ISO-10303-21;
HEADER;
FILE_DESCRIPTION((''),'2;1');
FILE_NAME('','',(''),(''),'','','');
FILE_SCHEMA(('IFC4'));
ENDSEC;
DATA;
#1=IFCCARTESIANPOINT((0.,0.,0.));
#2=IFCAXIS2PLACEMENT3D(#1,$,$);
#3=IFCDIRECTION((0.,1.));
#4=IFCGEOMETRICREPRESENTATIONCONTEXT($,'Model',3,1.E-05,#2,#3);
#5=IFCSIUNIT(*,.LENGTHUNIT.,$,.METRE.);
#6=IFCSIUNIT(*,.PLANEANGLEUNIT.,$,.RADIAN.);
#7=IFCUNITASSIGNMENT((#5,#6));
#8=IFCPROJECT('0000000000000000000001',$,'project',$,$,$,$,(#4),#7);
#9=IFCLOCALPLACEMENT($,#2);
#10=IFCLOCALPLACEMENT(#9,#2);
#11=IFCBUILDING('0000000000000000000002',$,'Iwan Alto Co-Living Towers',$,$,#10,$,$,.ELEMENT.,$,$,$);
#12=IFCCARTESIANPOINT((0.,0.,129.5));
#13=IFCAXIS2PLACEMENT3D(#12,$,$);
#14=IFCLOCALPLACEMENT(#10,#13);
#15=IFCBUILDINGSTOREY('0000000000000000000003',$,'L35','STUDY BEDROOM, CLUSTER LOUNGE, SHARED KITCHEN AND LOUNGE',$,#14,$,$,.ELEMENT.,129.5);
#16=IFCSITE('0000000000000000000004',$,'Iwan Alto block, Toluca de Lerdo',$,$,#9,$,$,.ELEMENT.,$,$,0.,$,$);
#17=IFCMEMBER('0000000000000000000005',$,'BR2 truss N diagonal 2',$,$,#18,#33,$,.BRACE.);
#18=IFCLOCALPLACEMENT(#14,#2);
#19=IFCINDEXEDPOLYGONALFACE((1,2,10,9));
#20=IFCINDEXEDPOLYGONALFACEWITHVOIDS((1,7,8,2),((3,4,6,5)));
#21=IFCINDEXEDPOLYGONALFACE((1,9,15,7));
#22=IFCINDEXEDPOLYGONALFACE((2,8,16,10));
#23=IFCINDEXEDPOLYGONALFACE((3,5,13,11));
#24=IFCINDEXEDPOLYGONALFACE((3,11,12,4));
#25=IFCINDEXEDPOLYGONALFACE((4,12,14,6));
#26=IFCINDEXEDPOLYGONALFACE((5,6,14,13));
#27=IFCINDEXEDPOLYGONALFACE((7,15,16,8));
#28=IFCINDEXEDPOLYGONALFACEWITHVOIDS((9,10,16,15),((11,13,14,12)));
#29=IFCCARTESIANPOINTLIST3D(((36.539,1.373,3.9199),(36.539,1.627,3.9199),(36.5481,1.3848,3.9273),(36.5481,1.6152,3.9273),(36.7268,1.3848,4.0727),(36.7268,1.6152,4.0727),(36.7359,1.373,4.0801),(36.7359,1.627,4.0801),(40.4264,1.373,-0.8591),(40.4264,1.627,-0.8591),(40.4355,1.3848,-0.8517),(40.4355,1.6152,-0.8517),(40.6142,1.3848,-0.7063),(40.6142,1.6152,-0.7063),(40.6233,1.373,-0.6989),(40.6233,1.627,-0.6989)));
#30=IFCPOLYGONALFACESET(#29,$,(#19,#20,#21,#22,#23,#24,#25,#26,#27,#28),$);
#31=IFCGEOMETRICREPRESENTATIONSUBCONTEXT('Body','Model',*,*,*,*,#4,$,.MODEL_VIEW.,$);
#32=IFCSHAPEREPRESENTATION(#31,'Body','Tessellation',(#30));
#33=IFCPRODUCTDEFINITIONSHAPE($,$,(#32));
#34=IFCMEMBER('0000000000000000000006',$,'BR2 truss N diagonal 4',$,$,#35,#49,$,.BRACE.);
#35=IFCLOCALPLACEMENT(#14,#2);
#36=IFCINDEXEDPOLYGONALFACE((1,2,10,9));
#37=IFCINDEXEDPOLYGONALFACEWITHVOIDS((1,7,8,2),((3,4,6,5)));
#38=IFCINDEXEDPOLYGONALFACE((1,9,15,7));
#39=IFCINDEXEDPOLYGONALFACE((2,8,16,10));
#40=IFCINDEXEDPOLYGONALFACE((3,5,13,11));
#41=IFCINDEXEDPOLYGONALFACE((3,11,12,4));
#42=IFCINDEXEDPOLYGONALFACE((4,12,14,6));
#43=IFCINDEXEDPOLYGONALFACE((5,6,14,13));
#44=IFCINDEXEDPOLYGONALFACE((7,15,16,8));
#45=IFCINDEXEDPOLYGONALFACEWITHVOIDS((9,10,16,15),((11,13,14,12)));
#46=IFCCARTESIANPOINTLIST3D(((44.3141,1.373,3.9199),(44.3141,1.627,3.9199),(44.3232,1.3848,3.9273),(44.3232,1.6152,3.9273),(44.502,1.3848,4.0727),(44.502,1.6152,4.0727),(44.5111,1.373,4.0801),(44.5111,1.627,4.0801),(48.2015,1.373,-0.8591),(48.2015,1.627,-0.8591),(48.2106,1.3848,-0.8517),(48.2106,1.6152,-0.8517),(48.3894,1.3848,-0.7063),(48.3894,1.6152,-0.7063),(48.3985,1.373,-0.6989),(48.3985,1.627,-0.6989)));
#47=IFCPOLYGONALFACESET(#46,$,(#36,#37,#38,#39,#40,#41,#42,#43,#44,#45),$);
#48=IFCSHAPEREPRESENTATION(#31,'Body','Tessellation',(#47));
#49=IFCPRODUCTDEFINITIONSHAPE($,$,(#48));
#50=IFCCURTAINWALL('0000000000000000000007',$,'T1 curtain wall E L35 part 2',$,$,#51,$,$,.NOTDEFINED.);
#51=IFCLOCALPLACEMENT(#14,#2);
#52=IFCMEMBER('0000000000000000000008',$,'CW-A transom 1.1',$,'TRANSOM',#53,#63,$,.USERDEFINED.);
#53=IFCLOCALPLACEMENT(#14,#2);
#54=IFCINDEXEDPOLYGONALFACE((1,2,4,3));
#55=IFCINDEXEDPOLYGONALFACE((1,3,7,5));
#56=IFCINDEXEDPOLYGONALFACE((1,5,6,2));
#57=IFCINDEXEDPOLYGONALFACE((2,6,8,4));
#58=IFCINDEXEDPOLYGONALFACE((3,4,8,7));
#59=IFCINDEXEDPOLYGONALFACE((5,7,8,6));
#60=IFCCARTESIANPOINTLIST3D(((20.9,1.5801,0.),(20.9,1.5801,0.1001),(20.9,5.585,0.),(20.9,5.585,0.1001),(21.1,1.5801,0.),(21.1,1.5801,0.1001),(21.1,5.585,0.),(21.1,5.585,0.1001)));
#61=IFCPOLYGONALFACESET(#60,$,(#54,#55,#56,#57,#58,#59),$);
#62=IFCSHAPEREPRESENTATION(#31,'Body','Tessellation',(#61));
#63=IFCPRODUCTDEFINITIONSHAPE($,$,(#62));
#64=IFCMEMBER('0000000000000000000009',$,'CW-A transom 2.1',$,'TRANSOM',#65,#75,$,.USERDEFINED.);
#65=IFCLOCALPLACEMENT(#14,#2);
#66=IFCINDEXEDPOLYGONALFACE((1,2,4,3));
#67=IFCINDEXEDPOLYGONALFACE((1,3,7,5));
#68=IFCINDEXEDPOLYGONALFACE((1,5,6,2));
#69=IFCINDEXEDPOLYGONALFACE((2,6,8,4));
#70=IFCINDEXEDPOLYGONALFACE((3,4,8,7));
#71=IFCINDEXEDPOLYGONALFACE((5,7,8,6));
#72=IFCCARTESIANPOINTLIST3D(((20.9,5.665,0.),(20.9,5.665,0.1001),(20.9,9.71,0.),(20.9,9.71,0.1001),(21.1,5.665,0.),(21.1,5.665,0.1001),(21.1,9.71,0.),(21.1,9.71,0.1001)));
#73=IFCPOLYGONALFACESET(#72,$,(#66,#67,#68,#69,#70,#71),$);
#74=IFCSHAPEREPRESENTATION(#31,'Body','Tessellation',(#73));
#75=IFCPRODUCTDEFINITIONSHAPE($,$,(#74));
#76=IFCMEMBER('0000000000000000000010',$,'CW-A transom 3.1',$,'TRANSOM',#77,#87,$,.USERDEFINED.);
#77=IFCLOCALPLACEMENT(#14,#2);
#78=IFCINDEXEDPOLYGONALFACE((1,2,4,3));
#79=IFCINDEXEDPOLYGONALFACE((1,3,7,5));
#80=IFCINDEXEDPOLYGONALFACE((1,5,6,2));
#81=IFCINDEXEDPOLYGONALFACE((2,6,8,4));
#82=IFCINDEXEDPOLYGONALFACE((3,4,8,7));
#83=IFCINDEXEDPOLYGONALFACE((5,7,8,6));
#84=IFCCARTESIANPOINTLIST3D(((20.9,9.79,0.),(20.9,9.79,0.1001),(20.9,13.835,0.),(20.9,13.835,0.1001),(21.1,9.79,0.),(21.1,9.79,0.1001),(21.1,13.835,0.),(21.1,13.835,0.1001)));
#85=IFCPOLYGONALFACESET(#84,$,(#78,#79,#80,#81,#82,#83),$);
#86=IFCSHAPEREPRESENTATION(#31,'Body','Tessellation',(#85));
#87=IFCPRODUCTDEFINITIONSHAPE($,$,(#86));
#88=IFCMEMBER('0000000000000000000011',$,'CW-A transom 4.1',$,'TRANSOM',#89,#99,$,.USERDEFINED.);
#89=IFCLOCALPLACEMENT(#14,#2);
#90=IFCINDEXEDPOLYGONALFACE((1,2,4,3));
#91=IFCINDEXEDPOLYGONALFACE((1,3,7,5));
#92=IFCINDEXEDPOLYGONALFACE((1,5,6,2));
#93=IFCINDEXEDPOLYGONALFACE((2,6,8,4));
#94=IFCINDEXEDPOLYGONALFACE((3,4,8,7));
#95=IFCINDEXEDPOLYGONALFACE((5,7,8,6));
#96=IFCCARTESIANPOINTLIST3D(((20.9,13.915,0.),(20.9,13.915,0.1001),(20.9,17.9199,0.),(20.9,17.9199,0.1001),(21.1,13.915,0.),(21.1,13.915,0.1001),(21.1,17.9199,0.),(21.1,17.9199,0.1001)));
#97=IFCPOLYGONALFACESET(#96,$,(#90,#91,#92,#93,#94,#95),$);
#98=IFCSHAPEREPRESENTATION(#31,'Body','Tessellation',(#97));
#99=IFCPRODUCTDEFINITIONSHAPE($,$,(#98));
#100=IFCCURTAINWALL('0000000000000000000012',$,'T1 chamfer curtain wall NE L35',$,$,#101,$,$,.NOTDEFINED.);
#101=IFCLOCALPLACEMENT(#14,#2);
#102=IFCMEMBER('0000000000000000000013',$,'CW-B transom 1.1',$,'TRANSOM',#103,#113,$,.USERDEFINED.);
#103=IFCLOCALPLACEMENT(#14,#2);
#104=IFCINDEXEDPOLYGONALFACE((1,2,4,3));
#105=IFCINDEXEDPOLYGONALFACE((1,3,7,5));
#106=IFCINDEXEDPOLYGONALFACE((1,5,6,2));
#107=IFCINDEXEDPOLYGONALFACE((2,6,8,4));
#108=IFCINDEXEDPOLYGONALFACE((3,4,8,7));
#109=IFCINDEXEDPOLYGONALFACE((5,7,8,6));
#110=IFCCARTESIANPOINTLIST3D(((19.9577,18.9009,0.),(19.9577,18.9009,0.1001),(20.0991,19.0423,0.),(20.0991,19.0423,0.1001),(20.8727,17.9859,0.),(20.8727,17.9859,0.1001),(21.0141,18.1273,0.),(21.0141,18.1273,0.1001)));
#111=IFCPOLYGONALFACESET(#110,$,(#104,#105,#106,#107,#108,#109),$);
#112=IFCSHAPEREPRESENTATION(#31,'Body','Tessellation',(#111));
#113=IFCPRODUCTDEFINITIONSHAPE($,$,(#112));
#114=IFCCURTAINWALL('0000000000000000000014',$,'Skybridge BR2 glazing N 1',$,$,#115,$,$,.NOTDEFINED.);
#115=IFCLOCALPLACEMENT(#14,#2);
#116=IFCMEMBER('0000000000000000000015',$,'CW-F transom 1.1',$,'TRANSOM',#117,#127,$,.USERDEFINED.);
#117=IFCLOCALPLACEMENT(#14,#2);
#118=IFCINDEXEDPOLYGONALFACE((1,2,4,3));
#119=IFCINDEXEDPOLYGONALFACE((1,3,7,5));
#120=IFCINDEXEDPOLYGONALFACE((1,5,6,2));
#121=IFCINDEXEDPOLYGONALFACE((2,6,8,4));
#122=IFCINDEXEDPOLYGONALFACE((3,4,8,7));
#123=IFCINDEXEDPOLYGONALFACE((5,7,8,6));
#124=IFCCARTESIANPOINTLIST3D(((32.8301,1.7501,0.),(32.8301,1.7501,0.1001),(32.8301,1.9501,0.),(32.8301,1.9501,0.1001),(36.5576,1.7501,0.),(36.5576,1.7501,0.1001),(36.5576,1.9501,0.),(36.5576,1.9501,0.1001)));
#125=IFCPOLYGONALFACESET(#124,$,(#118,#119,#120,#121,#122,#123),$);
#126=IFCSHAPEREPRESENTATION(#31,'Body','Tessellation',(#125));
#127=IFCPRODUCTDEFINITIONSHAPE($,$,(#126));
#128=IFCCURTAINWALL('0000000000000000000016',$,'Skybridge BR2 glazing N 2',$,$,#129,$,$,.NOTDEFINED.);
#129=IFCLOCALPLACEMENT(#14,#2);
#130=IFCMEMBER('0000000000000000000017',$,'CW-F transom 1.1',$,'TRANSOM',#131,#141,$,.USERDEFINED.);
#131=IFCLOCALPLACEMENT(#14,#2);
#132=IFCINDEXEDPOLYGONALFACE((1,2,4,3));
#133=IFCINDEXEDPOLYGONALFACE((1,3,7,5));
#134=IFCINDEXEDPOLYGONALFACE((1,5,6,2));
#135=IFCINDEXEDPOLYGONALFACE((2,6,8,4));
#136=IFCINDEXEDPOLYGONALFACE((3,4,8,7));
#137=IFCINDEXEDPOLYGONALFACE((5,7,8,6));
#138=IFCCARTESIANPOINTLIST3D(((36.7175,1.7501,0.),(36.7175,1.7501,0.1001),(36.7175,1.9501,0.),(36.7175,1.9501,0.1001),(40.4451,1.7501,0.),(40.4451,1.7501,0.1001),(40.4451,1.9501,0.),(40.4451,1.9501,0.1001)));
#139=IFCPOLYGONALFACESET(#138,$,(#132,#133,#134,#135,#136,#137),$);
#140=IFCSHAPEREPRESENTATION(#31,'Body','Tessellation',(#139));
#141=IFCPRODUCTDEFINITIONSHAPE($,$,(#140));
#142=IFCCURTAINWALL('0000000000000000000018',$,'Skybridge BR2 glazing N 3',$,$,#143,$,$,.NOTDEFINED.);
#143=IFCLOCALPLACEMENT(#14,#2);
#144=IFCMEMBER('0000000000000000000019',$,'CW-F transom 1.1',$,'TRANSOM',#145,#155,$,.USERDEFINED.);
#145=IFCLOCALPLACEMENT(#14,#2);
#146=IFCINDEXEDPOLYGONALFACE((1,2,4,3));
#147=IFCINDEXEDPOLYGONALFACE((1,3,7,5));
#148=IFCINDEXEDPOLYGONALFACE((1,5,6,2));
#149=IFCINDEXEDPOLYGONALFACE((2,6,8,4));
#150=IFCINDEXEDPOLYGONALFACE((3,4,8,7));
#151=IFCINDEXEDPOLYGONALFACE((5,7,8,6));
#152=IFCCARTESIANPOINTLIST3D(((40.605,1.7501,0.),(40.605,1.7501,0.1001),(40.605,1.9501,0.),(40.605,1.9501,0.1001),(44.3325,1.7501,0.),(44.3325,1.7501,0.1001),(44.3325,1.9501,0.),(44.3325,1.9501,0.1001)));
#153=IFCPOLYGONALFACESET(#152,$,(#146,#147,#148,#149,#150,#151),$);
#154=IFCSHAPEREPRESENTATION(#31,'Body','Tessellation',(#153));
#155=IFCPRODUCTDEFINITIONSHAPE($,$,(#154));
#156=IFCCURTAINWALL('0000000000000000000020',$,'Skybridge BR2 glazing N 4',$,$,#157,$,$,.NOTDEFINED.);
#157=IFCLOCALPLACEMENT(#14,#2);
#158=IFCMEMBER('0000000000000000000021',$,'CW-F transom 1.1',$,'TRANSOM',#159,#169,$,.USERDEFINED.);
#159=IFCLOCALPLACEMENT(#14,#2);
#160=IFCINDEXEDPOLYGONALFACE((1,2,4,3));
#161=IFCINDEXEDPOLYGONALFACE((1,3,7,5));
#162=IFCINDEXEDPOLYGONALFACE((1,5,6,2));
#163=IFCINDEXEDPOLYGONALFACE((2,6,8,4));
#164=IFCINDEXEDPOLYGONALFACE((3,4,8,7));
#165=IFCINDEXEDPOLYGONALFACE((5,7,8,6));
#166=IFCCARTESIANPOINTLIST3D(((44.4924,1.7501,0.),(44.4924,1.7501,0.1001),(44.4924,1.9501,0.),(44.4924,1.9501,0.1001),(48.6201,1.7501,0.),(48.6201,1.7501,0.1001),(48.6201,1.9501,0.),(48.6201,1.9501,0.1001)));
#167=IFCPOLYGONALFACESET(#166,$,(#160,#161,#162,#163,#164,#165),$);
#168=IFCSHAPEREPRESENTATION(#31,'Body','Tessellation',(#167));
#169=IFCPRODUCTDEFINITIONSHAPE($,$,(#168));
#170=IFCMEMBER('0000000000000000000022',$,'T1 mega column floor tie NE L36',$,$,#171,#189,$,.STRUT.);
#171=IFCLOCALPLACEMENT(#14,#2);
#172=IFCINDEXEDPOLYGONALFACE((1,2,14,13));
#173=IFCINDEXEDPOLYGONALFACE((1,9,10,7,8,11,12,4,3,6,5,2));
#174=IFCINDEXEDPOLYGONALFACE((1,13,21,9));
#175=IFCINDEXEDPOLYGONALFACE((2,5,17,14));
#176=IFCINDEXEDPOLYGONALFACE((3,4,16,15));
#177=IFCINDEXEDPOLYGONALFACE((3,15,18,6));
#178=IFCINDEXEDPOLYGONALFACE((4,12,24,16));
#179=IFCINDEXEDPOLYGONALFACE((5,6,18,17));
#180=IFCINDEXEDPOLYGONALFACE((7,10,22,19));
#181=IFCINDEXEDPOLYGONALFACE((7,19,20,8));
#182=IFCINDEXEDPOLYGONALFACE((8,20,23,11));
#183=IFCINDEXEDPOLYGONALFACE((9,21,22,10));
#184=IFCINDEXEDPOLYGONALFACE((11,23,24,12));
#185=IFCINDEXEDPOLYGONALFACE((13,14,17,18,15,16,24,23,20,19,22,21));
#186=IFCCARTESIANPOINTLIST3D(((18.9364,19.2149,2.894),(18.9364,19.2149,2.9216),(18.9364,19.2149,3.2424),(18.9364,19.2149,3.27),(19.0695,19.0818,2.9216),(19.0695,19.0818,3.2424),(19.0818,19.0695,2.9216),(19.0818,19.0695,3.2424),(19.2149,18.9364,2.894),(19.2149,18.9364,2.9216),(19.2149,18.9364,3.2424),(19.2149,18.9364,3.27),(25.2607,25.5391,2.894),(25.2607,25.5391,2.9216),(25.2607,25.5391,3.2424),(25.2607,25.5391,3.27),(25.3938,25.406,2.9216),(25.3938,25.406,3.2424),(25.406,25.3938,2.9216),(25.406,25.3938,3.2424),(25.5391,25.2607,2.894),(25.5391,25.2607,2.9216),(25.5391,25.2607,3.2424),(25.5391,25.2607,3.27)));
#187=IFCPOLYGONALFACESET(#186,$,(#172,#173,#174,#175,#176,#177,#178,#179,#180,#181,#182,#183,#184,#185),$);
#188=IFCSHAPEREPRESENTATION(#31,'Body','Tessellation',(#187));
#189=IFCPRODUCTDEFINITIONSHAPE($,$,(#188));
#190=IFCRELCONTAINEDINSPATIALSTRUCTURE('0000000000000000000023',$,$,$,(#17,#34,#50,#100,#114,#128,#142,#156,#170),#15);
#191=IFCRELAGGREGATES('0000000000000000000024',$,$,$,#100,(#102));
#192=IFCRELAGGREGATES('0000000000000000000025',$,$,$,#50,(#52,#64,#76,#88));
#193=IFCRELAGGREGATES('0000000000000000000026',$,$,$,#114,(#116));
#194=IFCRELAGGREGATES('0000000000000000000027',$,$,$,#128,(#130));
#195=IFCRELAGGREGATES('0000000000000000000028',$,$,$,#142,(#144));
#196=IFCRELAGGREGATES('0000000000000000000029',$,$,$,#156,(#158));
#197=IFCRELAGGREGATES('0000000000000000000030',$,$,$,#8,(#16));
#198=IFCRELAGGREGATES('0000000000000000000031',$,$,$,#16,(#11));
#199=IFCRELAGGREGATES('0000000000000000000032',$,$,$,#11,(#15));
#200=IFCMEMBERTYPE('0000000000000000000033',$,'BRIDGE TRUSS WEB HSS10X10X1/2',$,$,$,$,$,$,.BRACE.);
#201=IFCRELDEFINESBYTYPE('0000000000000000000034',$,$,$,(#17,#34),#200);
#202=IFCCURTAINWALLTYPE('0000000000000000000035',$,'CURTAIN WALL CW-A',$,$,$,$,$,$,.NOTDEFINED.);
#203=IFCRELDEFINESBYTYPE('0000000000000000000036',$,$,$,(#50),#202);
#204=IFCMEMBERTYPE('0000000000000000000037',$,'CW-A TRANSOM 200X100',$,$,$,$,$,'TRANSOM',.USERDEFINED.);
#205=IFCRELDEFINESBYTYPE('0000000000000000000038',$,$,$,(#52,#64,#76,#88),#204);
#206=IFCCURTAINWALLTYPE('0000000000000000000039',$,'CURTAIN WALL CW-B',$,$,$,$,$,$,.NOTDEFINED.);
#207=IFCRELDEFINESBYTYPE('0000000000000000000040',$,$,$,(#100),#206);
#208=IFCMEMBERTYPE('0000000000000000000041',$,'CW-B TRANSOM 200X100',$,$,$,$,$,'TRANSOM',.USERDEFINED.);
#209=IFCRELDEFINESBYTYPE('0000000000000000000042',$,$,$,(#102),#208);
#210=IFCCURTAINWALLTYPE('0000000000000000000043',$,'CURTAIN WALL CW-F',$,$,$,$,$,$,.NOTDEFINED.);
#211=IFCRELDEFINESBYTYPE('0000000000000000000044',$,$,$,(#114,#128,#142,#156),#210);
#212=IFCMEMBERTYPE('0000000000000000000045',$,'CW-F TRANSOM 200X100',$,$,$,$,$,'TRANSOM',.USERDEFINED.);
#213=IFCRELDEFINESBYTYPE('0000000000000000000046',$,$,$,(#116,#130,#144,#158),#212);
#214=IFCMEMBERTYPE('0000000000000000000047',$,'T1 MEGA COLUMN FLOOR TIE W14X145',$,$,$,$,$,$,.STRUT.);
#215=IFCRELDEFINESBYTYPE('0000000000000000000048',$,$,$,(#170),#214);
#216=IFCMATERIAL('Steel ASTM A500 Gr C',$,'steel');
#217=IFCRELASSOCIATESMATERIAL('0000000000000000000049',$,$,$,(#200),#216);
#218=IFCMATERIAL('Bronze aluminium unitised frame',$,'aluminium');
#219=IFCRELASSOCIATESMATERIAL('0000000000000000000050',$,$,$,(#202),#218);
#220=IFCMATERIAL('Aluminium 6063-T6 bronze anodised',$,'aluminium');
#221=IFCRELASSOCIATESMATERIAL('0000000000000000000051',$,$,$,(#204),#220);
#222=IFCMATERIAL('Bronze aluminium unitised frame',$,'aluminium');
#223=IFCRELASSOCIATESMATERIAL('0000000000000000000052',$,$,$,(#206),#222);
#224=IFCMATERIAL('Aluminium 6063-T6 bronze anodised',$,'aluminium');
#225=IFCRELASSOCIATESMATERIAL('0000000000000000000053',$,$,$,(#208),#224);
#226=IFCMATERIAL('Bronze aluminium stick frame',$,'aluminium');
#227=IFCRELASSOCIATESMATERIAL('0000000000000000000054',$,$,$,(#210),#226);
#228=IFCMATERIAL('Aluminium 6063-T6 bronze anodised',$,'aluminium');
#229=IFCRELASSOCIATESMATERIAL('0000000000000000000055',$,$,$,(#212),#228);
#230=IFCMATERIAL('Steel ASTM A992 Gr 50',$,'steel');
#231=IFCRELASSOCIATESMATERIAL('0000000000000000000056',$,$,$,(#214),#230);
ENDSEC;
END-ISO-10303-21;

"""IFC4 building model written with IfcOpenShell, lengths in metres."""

from ifc_helpers import new_model, si_unit, direction, frame, origin, origin_2d, place, context, subcontext, project, spatial, rectangle, hollow_rectangle, i_section, extrude, material, material_profile, profile_set, type_object, element, aggregate, save


model = new_model("IFC4")

# Units and contexts
model_context = context("Model", 3, precision=1e-05, world=origin(), true_north=direction((0.0, 1.0)))
body_context = subcontext(model_context, "Body", "Model", "MODEL_VIEW")
ifc_project = project(units=[si_unit("LENGTHUNIT", "METRE"), si_unit("PLANEANGLEUNIT", "RADIAN")], contexts=[model_context])

# Site, building, storey
site_placement = place(None, origin())
site = spatial("IfcSite", under=ifc_project, at=site_placement, Name="Iwan Alto block, Toluca de Lerdo", CompositionType="ELEMENT", RefElevation=0.0)
building_placement = place(site_placement, origin())
building = spatial("IfcBuilding", under=site, at=building_placement, Name="Iwan Alto Co-Living Towers", CompositionType="ELEMENT")
storey_placement = place(building_placement, frame((0.0, 0.0, 129.5)))
storey = spatial("IfcBuildingStorey", under=building, at=storey_placement, Name="L35", Description="STUDY BEDROOM, CLUSTER LOUNGE, SHARED KITCHEN AND LOUNGE", CompositionType="ELEMENT", Elevation=129.5)

# Members
ifc_material_1 = material(Name="Steel ASTM A500 Gr C", Category="steel")
ifc_material_profile_1 = material_profile(ifc_material_1, hollow_rectangle(XDim=0.2539, YDim=0.2539, WallThickness=0.0117, at=origin_2d()), Name="HSS10X10X1/2")
ifc_profile_set_1 = profile_set([ifc_material_profile_1], Name="Steel ASTM A500 Gr C")
member_type_1 = type_object("IfcMemberType", Name="BRIDGE TRUSS WEB HSS10X10X1/2", PredefinedType="BRACE", material=ifc_profile_set_1)
for number, where, z_axis, x_axis, name in (
    (1, (36.6375, 1.5, 4.0), (0.63103, 0.0, -0.775759), (0.0, 1.0, 0.0), "BR2 truss N diagonal 2"),
    (2, (44.4126, 1.5, 4.0), (0.63103, 0.0, -0.775759), (0.0, 1.0, 0.0), "BR2 truss N diagonal 4"),
):
    element("IfcMember", number, at=place(storey_placement, frame(where, z_axis=z_axis, x_axis=x_axis)), inside=storey, type_object=member_type_1, Name=name, PredefinedType="BRACE", context=body_context, shape_type="SweptSolid", body=[
        extrude(hollow_rectangle(XDim=0.2539, YDim=0.2539, WallThickness=0.0117, at=origin_2d()), origin(), (0.0, 0.0, 1.0), 6.1604),
    ])

# Curtain wall, members
ifc_material_2 = material(Name="Bronze aluminium unitised frame", Category="aluminium")
curtain_wall_type_1 = type_object("IfcCurtainWallType", Name="CURTAIN WALL CW-A", PredefinedType="NOTDEFINED", material=ifc_material_2)
curtain_wall_1_placement = place(storey_placement, origin())
curtain_wall_1 = element("IfcCurtainWall", 3, at=curtain_wall_1_placement, inside=storey, type_object=curtain_wall_type_1, Name="T1 curtain wall E L35 part 2", PredefinedType="NOTDEFINED")
ifc_material_3 = material(Name="Aluminium 6063-T6 bronze anodised", Category="aluminium")
ifc_material_profile_2 = material_profile(ifc_material_3, rectangle(XDim=0.2, YDim=0.1001, at=origin_2d()), Name="AL 200X100")
ifc_profile_set_2 = profile_set([ifc_material_profile_2], Name="Aluminium 6063-T6 bronze anodised")
member_type_2 = type_object("IfcMemberType", Name="CW-A TRANSOM 200X100", ElementType="TRANSOM", PredefinedType="USERDEFINED", material=ifc_profile_set_2)
member_1_placement = place(storey_placement, frame((21.0, 1.5801, 0.05), z_axis=(0.0, 1.0, 0.0), x_axis=(-1.0, 0.0, 0.0)))
member_1 = element("IfcMember", 4, at=member_1_placement, type_object=member_type_2, Name="CW-A transom 1.1", ObjectType="TRANSOM", PredefinedType="USERDEFINED", context=body_context, shape_type="SweptSolid", body=[
    extrude(rectangle(XDim=0.2, YDim=0.1001, at=origin_2d()), origin(), (0.0, 0.0, 1.0), 4.0049),
])
member_2_placement = place(storey_placement, frame((21.0, 5.665, 0.05), z_axis=(0.0, 1.0, 0.0), x_axis=(-1.0, 0.0, 0.0)))
member_2 = element("IfcMember", 5, at=member_2_placement, type_object=member_type_2, Name="CW-A transom 2.1", ObjectType="TRANSOM", PredefinedType="USERDEFINED", context=body_context, shape_type="SweptSolid", body=[
    extrude(rectangle(XDim=0.2, YDim=0.1001, at=origin_2d()), origin(), (0.0, 0.0, 1.0), 4.0449),
])
member_3_placement = place(storey_placement, frame((21.0, 9.79, 0.05), z_axis=(0.0, 1.0, 0.0), x_axis=(-1.0, 0.0, 0.0)))
member_3 = element("IfcMember", 6, at=member_3_placement, type_object=member_type_2, Name="CW-A transom 3.1", ObjectType="TRANSOM", PredefinedType="USERDEFINED", context=body_context, shape_type="SweptSolid", body=[
    extrude(rectangle(XDim=0.2, YDim=0.1001, at=origin_2d()), origin(), (0.0, 0.0, 1.0), 4.0449),
])
member_4_placement = place(storey_placement, frame((21.0, 13.915, 0.05), z_axis=(0.0, 1.0, 0.0), x_axis=(-1.0, 0.0, 0.0)))
member_4 = element("IfcMember", 7, at=member_4_placement, type_object=member_type_2, Name="CW-A transom 4.1", ObjectType="TRANSOM", PredefinedType="USERDEFINED", context=body_context, shape_type="SweptSolid", body=[
    extrude(rectangle(XDim=0.2, YDim=0.1001, at=origin_2d()), origin(), (0.0, 0.0, 1.0), 4.0049),
])

# Curtain walls, members
ifc_material_4 = material(Name="Bronze aluminium unitised frame", Category="aluminium")
curtain_wall_type_2 = type_object("IfcCurtainWallType", Name="CURTAIN WALL CW-B", PredefinedType="NOTDEFINED", material=ifc_material_4)
curtain_wall_2_placement = place(storey_placement, origin())
curtain_wall_2 = element("IfcCurtainWall", 8, at=curtain_wall_2_placement, inside=storey, type_object=curtain_wall_type_2, Name="T1 chamfer curtain wall NE L35", PredefinedType="NOTDEFINED")
ifc_material_5 = material(Name="Aluminium 6063-T6 bronze anodised", Category="aluminium")
ifc_material_profile_3 = material_profile(ifc_material_5, rectangle(XDim=0.2, YDim=0.1001, at=origin_2d()), Name="AL 200X100")
ifc_profile_set_3 = profile_set([ifc_material_profile_3], Name="Aluminium 6063-T6 bronze anodised")
member_type_3 = type_object("IfcMemberType", Name="CW-B TRANSOM 200X100", ElementType="TRANSOM", PredefinedType="USERDEFINED", material=ifc_profile_set_3)
member_5_placement = place(storey_placement, frame((20.9434, 18.0566, 0.05), z_axis=(-0.707107, 0.707107, 0.0), x_axis=(-0.707107, -0.707107, 0.0)))
member_5 = element("IfcMember", 9, at=member_5_placement, type_object=member_type_3, Name="CW-B transom 1.1", ObjectType="TRANSOM", PredefinedType="USERDEFINED", context=body_context, shape_type="SweptSolid", body=[
    extrude(rectangle(XDim=0.2, YDim=0.1001, at=origin_2d()), origin(), (0.0, 0.0, 1.0), 1.2939),
])
aggregate(curtain_wall_2, [member_5])
ifc_material_6 = material(Name="Bronze aluminium stick frame", Category="aluminium")
curtain_wall_type_3 = type_object("IfcCurtainWallType", Name="CURTAIN WALL CW-F", PredefinedType="NOTDEFINED", material=ifc_material_6)
curtain_wall_3_placement = place(storey_placement, origin())
curtain_wall_3 = element("IfcCurtainWall", 10, at=curtain_wall_3_placement, inside=storey, type_object=curtain_wall_type_3, Name="Skybridge BR2 glazing N 1", PredefinedType="NOTDEFINED")
ifc_material_7 = material(Name="Aluminium 6063-T6 bronze anodised", Category="aluminium")
ifc_material_profile_4 = material_profile(ifc_material_7, rectangle(XDim=0.2, YDim=0.1001, at=origin_2d()), Name="AL 200X100")
ifc_profile_set_4 = profile_set([ifc_material_profile_4], Name="Aluminium 6063-T6 bronze anodised")
member_type_4 = type_object("IfcMemberType", Name="CW-F TRANSOM 200X100", ElementType="TRANSOM", PredefinedType="USERDEFINED", material=ifc_profile_set_4)
member_6_placement = place(storey_placement, frame((36.5576, 1.8501, 0.05), z_axis=(-1.0, 0.0, 0.0), x_axis=(0.0, -1.0, 0.0)))
member_6 = element("IfcMember", 11, at=member_6_placement, type_object=member_type_4, Name="CW-F transom 1.1", ObjectType="TRANSOM", PredefinedType="USERDEFINED", context=body_context, shape_type="SweptSolid", body=[
    extrude(rectangle(XDim=0.2, YDim=0.1001, at=origin_2d()), origin(), (0.0, 0.0, 1.0), 3.7275),
])
curtain_wall_4_placement = place(storey_placement, origin())
curtain_wall_4 = element("IfcCurtainWall", 12, at=curtain_wall_4_placement, inside=storey, type_object=curtain_wall_type_3, Name="Skybridge BR2 glazing N 2", PredefinedType="NOTDEFINED")
member_7_placement = place(storey_placement, frame((40.4451, 1.8501, 0.05), z_axis=(-1.0, 0.0, 0.0), x_axis=(0.0, -1.0, 0.0)))
member_7 = element("IfcMember", 13, at=member_7_placement, type_object=member_type_4, Name="CW-F transom 1.1", ObjectType="TRANSOM", PredefinedType="USERDEFINED", context=body_context, shape_type="SweptSolid", body=[
    extrude(rectangle(XDim=0.2, YDim=0.1001, at=origin_2d()), origin(), (0.0, 0.0, 1.0), 3.7275),
])
curtain_wall_5_placement = place(storey_placement, origin())
curtain_wall_5 = element("IfcCurtainWall", 14, at=curtain_wall_5_placement, inside=storey, type_object=curtain_wall_type_3, Name="Skybridge BR2 glazing N 3", PredefinedType="NOTDEFINED")
member_8_placement = place(storey_placement, frame((44.3325, 1.8501, 0.05), z_axis=(-1.0, 0.0, 0.0), x_axis=(0.0, -1.0, 0.0)))
member_8 = element("IfcMember", 15, at=member_8_placement, type_object=member_type_4, Name="CW-F transom 1.1", ObjectType="TRANSOM", PredefinedType="USERDEFINED", context=body_context, shape_type="SweptSolid", body=[
    extrude(rectangle(XDim=0.2, YDim=0.1001, at=origin_2d()), origin(), (0.0, 0.0, 1.0), 3.7275),
])
curtain_wall_6_placement = place(storey_placement, origin())
curtain_wall_6 = element("IfcCurtainWall", 16, at=curtain_wall_6_placement, inside=storey, type_object=curtain_wall_type_3, Name="Skybridge BR2 glazing N 4", PredefinedType="NOTDEFINED")
member_9_placement = place(storey_placement, frame((48.6201, 1.8501, 0.05), z_axis=(-1.0, 0.0, 0.0), x_axis=(0.0, -1.0, 0.0)))
member_9 = element("IfcMember", 17, at=member_9_placement, type_object=member_type_4, Name="CW-F transom 1.1", ObjectType="TRANSOM", PredefinedType="USERDEFINED", context=body_context, shape_type="SweptSolid", body=[
    extrude(rectangle(XDim=0.2, YDim=0.1001, at=origin_2d()), origin(), (0.0, 0.0, 1.0), 4.1277),
])

# Member
ifc_material_8 = material(Name="Steel ASTM A992 Gr 50", Category="steel")
ifc_material_profile_5 = material_profile(ifc_material_8, i_section(OverallWidth=0.3938, OverallDepth=0.376, WebThickness=0.0173, FlangeThickness=0.0276, at=origin_2d()), Name="W14X145")
ifc_profile_set_5 = profile_set([ifc_material_profile_5], Name="Steel ASTM A992 Gr 50")
member_type_5 = type_object("IfcMemberType", Name="T1 MEGA COLUMN FLOOR TIE W14X145", PredefinedType="STRUT", material=ifc_profile_set_5)
member_10_placement = place(storey_placement, frame((25.3999, 25.3999, 3.082), z_axis=(-0.707107, -0.707107, 0.0), x_axis=(0.707107, -0.707107, 0.0)))
element("IfcMember", 18, at=member_10_placement, inside=storey, type_object=member_type_5, Name="T1 mega column floor tie NE L36", PredefinedType="STRUT", context=body_context, shape_type="SweptSolid", body=[
    extrude(i_section(OverallWidth=0.3938, OverallDepth=0.376, WebThickness=0.0173, FlangeThickness=0.0276, at=origin_2d()), origin(), (0.0, 0.0, 1.0), 8.9438),
])

aggregate(curtain_wall_1, [member_1, member_2, member_3, member_4])
aggregate(curtain_wall_3, [member_6])
aggregate(curtain_wall_4, [member_7])
aggregate(curtain_wall_5, [member_8])
aggregate(curtain_wall_6, [member_9])

save(model, "model.ifc")
